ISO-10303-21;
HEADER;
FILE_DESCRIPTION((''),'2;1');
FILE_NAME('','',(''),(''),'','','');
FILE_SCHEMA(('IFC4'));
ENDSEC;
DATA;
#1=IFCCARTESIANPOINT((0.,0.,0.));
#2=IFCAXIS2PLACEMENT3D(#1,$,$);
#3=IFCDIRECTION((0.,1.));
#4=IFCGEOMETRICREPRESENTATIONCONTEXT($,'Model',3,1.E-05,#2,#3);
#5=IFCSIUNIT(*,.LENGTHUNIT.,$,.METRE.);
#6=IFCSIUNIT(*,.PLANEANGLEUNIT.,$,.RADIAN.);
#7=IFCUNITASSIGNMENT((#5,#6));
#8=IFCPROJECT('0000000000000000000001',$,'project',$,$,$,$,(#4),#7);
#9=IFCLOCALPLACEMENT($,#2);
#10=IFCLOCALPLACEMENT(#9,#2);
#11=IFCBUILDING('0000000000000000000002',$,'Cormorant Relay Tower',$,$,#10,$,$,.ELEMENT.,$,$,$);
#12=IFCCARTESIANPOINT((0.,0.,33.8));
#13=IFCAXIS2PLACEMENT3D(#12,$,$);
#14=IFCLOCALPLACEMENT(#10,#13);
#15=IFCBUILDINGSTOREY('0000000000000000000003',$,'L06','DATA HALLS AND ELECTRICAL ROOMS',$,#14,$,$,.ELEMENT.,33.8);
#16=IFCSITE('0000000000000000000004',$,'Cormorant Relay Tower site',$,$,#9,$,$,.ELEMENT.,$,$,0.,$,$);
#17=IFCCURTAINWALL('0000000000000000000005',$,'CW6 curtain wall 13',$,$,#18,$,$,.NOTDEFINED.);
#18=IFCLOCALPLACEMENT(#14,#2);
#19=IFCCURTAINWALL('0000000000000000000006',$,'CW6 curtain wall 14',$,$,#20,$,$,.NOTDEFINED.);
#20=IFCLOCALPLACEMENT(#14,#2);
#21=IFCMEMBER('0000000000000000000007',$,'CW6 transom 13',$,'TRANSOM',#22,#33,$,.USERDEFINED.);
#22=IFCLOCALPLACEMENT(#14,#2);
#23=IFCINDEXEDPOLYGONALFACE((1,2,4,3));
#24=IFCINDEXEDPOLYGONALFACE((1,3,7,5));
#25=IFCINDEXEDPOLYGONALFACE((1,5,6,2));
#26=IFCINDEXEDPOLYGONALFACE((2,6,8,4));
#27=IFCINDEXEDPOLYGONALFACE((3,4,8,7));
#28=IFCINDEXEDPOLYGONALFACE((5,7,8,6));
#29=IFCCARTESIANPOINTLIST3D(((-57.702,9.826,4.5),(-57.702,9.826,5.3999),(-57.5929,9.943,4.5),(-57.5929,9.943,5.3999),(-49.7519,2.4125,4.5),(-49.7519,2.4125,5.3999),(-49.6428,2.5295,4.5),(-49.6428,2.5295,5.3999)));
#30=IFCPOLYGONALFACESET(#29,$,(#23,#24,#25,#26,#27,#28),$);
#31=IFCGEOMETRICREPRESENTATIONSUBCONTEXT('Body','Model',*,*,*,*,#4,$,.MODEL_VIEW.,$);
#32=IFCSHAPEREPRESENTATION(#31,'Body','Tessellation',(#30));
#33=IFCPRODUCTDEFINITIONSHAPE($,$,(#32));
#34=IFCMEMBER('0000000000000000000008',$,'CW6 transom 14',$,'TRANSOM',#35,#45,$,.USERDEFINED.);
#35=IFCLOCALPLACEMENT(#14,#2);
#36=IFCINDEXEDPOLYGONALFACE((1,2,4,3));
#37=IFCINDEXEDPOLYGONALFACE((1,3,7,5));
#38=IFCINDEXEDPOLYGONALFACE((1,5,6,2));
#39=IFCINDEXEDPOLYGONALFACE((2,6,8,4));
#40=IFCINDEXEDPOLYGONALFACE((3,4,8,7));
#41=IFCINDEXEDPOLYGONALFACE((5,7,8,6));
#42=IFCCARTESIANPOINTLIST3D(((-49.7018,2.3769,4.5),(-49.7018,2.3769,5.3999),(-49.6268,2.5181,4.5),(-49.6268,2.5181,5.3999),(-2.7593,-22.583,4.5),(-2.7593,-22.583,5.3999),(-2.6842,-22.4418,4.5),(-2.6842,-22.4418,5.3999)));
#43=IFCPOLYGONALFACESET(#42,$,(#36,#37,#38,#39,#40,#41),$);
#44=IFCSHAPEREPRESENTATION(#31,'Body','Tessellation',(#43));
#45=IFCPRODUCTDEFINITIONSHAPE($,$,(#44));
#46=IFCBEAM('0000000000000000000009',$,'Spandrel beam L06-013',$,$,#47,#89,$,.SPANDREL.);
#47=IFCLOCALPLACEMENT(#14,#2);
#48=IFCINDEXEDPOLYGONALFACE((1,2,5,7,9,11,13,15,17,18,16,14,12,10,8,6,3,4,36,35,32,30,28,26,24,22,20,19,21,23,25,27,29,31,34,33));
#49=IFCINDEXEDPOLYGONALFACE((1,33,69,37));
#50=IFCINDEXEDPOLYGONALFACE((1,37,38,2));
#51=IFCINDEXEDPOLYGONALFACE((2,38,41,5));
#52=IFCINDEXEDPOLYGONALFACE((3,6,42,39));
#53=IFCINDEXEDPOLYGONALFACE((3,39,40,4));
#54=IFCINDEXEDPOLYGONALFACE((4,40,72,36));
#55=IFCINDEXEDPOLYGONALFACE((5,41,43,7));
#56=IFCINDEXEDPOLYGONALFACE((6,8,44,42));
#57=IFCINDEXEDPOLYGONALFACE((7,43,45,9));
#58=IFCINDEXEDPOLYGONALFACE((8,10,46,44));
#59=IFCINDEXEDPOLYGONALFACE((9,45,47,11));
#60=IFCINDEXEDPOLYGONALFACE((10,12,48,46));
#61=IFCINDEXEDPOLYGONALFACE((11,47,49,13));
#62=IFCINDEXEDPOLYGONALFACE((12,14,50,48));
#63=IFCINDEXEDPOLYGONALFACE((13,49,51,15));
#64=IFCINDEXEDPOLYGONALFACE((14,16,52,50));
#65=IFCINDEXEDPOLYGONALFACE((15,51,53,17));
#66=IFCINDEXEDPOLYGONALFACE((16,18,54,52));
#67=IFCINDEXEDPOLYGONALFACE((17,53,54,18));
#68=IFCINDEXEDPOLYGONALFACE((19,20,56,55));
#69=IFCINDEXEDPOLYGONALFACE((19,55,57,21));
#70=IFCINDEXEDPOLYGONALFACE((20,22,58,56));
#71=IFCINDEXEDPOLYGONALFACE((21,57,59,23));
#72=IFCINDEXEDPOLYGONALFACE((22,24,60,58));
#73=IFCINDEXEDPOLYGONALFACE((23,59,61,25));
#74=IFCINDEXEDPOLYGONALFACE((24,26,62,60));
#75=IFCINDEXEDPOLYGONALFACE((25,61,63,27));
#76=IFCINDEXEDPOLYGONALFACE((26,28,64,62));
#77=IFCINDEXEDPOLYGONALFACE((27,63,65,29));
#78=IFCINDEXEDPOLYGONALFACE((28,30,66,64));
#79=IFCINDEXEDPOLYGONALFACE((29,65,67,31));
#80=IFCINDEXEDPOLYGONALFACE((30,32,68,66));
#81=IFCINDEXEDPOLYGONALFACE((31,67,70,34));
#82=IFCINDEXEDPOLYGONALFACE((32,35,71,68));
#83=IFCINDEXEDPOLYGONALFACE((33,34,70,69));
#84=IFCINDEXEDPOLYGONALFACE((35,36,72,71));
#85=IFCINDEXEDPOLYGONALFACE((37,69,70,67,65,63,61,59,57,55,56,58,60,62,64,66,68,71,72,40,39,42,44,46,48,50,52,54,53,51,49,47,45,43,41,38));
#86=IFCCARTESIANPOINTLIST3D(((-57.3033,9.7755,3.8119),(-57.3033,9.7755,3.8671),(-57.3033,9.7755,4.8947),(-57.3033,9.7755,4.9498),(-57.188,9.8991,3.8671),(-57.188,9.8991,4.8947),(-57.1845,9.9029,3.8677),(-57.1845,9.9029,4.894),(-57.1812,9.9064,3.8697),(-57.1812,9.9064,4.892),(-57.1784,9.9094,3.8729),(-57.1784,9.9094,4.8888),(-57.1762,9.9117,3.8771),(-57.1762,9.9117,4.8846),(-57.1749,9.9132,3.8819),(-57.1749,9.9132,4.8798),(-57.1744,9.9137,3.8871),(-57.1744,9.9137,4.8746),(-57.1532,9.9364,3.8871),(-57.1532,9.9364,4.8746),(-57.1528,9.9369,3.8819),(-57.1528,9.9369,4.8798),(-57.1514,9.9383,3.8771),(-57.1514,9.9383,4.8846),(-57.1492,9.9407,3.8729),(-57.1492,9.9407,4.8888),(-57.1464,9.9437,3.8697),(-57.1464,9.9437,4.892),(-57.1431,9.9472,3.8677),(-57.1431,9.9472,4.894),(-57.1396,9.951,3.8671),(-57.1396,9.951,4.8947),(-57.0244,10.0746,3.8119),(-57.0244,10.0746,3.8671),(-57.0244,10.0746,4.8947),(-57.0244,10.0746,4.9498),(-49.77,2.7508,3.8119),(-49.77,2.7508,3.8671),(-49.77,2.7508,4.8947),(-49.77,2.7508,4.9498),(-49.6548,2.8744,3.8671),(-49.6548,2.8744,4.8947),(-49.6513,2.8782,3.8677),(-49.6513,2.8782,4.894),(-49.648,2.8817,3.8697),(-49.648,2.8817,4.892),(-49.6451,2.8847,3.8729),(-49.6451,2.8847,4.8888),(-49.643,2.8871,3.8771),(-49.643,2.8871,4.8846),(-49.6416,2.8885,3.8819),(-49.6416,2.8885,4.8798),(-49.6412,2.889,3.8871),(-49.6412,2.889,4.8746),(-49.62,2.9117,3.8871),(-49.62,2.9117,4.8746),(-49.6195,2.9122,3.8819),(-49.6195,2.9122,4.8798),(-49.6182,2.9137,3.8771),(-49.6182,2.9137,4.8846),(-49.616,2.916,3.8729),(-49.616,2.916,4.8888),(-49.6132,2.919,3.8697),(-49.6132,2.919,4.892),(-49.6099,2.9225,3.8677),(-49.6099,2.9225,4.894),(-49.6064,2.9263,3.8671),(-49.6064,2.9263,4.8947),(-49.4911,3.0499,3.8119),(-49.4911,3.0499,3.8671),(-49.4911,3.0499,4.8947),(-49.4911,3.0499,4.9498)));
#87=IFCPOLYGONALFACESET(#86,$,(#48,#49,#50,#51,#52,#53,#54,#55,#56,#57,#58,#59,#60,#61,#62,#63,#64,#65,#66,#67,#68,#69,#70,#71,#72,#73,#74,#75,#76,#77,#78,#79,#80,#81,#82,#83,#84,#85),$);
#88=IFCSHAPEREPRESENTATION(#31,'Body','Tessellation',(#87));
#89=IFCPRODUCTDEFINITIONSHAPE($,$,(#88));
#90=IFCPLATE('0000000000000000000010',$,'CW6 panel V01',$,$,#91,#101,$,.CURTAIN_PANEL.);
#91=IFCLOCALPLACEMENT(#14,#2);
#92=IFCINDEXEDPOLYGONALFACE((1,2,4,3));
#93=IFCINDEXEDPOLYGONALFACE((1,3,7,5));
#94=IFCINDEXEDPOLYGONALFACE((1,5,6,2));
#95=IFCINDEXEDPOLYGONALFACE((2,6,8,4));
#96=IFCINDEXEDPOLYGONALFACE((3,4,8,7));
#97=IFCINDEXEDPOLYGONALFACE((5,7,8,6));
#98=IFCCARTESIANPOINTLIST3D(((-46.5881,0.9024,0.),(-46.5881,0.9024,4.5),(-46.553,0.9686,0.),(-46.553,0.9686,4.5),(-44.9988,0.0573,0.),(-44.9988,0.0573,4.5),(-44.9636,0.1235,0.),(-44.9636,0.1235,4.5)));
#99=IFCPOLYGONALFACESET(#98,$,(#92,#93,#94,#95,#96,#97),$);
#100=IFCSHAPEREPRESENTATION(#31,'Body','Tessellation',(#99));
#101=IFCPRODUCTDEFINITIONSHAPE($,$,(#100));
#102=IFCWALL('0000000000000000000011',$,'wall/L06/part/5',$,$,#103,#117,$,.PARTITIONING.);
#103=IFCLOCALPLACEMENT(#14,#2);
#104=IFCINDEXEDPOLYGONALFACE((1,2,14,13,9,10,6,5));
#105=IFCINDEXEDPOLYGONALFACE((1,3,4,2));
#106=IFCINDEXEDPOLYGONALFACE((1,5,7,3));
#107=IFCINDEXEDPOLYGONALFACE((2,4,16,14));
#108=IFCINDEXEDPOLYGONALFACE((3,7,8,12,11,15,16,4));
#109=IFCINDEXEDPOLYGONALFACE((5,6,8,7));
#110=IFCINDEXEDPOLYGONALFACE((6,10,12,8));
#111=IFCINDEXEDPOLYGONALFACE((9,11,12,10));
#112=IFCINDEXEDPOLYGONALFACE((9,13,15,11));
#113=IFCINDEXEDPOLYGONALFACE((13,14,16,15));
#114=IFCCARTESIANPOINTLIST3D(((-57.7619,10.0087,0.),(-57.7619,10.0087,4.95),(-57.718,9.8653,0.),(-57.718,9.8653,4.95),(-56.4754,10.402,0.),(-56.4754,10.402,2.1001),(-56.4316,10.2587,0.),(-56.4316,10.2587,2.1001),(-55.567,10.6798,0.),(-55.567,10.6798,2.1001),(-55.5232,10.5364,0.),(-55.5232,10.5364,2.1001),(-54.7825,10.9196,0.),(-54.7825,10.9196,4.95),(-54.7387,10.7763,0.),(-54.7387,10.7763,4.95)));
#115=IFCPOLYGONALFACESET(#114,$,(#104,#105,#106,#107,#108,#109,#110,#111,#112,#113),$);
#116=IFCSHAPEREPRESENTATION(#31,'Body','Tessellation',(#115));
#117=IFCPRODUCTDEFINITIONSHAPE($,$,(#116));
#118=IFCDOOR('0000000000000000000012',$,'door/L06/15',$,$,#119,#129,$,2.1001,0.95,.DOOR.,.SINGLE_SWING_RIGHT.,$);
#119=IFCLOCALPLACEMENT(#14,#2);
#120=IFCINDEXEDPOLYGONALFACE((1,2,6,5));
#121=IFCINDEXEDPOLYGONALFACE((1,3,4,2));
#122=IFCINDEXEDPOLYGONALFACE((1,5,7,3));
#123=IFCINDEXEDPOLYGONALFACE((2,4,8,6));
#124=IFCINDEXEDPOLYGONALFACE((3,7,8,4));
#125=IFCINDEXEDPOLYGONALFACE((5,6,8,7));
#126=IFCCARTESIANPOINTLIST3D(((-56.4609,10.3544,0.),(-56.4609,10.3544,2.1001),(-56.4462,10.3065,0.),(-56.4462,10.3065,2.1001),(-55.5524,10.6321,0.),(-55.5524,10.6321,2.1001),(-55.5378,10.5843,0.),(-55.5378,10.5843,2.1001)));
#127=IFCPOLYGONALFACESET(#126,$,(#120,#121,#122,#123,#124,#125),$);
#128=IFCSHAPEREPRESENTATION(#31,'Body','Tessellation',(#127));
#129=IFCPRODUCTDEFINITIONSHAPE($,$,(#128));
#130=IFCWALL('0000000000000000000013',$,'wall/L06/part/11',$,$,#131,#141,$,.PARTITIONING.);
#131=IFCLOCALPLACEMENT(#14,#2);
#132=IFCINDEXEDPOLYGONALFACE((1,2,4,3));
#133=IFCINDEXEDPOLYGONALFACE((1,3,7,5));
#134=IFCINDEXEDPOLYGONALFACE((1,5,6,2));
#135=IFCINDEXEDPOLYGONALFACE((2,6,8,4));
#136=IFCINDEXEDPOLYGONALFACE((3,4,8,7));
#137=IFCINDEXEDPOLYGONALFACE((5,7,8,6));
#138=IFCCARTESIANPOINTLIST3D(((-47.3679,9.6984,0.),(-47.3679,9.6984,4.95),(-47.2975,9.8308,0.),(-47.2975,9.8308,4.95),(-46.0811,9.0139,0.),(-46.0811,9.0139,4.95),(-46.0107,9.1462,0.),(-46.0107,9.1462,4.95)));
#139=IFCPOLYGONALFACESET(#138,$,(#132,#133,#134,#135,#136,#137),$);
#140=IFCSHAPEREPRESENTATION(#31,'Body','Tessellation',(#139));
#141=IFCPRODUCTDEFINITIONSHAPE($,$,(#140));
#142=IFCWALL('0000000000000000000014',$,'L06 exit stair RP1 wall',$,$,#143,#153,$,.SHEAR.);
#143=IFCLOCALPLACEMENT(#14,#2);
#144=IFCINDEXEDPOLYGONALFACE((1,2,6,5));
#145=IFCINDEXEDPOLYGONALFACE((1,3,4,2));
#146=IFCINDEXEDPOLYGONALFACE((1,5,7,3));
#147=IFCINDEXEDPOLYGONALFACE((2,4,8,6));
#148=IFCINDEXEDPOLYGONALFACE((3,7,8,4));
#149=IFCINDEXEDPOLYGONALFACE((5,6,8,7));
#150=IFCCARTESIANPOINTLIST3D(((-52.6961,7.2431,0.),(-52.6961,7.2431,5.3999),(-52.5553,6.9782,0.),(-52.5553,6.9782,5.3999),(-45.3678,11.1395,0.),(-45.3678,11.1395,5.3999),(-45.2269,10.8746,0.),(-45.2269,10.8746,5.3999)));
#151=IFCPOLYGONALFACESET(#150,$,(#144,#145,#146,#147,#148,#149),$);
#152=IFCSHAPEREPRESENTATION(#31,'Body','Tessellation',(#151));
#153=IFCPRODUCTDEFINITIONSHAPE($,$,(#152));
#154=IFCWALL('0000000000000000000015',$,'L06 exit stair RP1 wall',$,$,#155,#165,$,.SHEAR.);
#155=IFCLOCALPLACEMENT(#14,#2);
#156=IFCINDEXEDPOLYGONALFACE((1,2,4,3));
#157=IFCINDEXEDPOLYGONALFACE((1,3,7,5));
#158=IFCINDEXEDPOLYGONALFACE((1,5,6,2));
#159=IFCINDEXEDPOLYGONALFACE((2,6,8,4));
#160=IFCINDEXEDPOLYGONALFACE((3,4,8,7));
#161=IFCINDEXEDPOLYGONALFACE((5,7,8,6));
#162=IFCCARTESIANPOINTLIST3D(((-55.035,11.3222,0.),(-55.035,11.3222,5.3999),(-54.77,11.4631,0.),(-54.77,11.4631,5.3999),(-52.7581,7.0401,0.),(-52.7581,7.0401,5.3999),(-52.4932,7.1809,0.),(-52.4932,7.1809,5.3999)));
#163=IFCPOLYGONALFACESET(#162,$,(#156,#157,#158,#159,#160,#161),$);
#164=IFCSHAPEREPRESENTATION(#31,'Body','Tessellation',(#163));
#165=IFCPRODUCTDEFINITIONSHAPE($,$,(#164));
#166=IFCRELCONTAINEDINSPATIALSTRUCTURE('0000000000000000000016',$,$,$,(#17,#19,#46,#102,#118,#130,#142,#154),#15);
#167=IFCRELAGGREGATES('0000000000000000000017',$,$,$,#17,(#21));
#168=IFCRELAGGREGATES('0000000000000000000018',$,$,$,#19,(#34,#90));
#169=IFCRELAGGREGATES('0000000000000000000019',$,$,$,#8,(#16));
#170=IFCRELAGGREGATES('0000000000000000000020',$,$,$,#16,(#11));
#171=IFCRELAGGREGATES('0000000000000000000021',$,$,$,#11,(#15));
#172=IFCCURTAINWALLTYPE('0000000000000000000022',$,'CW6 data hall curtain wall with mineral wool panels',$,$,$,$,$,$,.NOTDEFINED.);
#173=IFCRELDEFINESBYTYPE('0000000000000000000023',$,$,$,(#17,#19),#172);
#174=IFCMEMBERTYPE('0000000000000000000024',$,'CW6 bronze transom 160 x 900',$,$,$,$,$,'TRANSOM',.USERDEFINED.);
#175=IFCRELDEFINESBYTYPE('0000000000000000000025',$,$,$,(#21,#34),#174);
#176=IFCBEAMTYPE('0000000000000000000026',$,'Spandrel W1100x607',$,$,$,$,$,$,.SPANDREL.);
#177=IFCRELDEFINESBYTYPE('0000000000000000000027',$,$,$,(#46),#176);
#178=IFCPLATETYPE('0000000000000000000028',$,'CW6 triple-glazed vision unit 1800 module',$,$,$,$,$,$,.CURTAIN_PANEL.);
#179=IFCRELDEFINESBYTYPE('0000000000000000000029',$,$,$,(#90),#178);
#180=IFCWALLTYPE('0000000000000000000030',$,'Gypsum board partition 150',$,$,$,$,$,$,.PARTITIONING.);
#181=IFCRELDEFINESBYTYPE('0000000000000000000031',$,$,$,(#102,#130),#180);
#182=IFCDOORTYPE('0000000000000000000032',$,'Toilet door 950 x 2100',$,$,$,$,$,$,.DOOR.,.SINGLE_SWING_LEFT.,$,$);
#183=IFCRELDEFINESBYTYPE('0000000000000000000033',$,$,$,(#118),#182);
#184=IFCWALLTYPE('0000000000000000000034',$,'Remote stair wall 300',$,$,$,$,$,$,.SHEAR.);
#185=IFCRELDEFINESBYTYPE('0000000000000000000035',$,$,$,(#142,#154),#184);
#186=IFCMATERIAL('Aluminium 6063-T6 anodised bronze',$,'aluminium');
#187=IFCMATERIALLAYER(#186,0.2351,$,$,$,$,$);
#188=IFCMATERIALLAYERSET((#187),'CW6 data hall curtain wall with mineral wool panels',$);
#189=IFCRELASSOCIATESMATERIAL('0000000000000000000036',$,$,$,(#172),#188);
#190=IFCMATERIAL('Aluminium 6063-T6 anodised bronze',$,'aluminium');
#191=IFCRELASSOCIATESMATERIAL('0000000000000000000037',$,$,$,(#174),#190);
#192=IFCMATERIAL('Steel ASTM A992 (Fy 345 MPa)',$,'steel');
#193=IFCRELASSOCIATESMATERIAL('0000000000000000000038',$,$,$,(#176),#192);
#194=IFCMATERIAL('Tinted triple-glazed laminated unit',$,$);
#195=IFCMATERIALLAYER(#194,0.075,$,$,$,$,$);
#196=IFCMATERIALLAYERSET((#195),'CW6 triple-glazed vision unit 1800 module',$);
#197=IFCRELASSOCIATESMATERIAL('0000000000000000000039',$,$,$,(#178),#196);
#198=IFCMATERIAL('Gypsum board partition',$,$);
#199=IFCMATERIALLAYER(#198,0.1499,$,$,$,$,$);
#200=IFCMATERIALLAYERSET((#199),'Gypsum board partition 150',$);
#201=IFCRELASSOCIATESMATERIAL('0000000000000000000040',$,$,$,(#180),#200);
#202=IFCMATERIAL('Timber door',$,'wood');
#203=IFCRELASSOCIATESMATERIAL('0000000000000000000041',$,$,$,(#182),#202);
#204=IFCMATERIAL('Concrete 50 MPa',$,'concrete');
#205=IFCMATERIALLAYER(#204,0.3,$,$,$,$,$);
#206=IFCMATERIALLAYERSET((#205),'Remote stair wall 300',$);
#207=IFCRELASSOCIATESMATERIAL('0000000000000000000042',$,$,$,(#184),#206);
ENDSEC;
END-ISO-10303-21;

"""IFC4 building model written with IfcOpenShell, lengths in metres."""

from ifc_helpers import new_model, si_unit, direction, frame, frame_2d, origin, origin_2d, place, context, subcontext, project, spatial, rectangle, i_section, extrude, material, layer, layer_set, material_profile, profile_set, type_object, element, fill, aggregate, save


model = new_model("IFC4")

# Units and contexts
model_context = context("Model", 3, precision=1e-05, world=origin(), true_north=direction((0.0, 1.0)))
body_context = subcontext(model_context, "Body", "Model", "MODEL_VIEW")
ifc_project = project(units=[si_unit("LENGTHUNIT", "METRE"), si_unit("PLANEANGLEUNIT", "RADIAN")], contexts=[model_context])

# Site, building, storey
site_placement = place(None, origin())
site = spatial("IfcSite", under=ifc_project, at=site_placement, Name="Cormorant Relay Tower site", CompositionType="ELEMENT", RefElevation=0.0)
building_placement = place(site_placement, origin())
building = spatial("IfcBuilding", under=site, at=building_placement, Name="Cormorant Relay Tower", CompositionType="ELEMENT")
storey_placement = place(building_placement, frame((0.0, 0.0, 33.8)))
storey = spatial("IfcBuildingStorey", under=building, at=storey_placement, Name="L06", Description="DATA HALLS AND ELECTRICAL ROOMS", CompositionType="ELEMENT", Elevation=33.8)

# Curtain walls
ifc_material_1 = material(Name="Aluminium 6063-T6 anodised bronze", Category="aluminium")
ifc_layer_1 = layer(ifc_material_1, 0.2351)
ifc_layer_set_1 = layer_set([ifc_layer_1], Name="CW6 data hall curtain wall with mineral wool panels")
curtain_wall_type = type_object("IfcCurtainWallType", Name="CW6 data hall curtain wall with mineral wool panels", PredefinedType="NOTDEFINED", material=ifc_layer_set_1)
curtain_wall_1_placement = place(storey_placement, origin())
curtain_wall_1 = element("IfcCurtainWall", 1, at=curtain_wall_1_placement, inside=storey, type_object=curtain_wall_type, Name="CW6 curtain wall 13", PredefinedType="NOTDEFINED")
curtain_wall_2_placement = place(storey_placement, origin())
curtain_wall_2 = element("IfcCurtainWall", 2, at=curtain_wall_2_placement, inside=storey, type_object=curtain_wall_type, Name="CW6 curtain wall 14", PredefinedType="NOTDEFINED")

# Members
ifc_material_2 = material(Name="Aluminium 6063-T6 anodised bronze", Category="aluminium")
ifc_material_profile_1 = material_profile(ifc_material_2, rectangle(XDim=0.1599, YDim=0.8999, at=origin_2d()), Name="AL 160x900")
ifc_profile_set_1 = profile_set([ifc_material_profile_1], Name="Aluminium 6063-T6 anodised bronze")
member_type_1 = type_object("IfcMemberType", Name="CW6 bronze transom 160 x 900", ElementType="TRANSOM", PredefinedType="USERDEFINED", material=ifc_profile_set_1)
member_1_placement = place(storey_placement, frame((-57.6475, 9.8845, 4.95), z_axis=(0.731358, -0.681993, 0.0), x_axis=(0.681993, 0.731358, 0.0)))
member_1 = element("IfcMember", 3, at=member_1_placement, type_object=member_type_1, Name="CW6 transom 13", ObjectType="TRANSOM", PredefinedType="USERDEFINED", context=body_context, shape_type="SweptSolid", body=[
    extrude(rectangle(XDim=0.1599, YDim=0.8999, at=origin_2d()), origin(), (0.0, 0.0, 1.0), 10.8704),
])
member_2_placement = place(storey_placement, frame((-49.6643, 2.4475, 4.95), z_axis=(0.882947, -0.469473, 0.0), x_axis=(0.469473, 0.882947, 0.0)))
member_2 = element("IfcMember", 4, at=member_2_placement, type_object=member_type_1, Name="CW6 transom 14", ObjectType="TRANSOM", PredefinedType="USERDEFINED", context=body_context, shape_type="SweptSolid", body=[
    extrude(rectangle(XDim=0.1599, YDim=0.8999, at=origin_2d()), origin(), (0.0, 0.0, 1.0), 53.1658),
])

# Beam
ifc_material_3 = material(Name="Steel ASTM A992 (Fy 345 MPa)", Category="steel")
ifc_material_profile_2 = material_profile(ifc_material_3, i_section(OverallWidth=0.4089, OverallDepth=1.1379, WebThickness=0.031, FlangeThickness=0.0552, FilletRadius=0.02, at=origin_2d()), Name="W1100x607")
ifc_profile_set_2 = profile_set([ifc_material_profile_2], Name="Steel ASTM A992 (Fy 345 MPa)")
beam_type = type_object("IfcBeamType", Name="Spandrel W1100x607", PredefinedType="SPANDREL", material=ifc_profile_set_2)
beam_placement = place(storey_placement, frame((-57.1638, 9.925, 4.3809), z_axis=(0.731362, -0.68199, 0.0), x_axis=(0.68199, 0.731362, 0.0)))
element("IfcBeam", 5, at=beam_placement, inside=storey, type_object=beam_type, Name="Spandrel beam L06-013", PredefinedType="SPANDREL", context=body_context, shape_type="SweptSolid", body=[
    extrude(i_section(OverallWidth=0.4089, OverallDepth=1.1379, WebThickness=0.031, FlangeThickness=0.0552, FilletRadius=0.02, at=origin_2d()), origin(), (0.0, 0.0, 1.0), 10.3003),
])

# Plate
ifc_material_4 = material(Name="Tinted triple-glazed laminated unit")
ifc_layer_2 = layer(ifc_material_4, 0.075)
ifc_layer_set_2 = layer_set([ifc_layer_2], Name="CW6 triple-glazed vision unit 1800 module")
plate_type = type_object("IfcPlateType", Name="CW6 triple-glazed vision unit 1800 module", PredefinedType="CURTAIN_PANEL", material=ifc_layer_set_2)
plate_placement = place(storey_placement, frame((-45.7759, 0.5129, 0.0), z_axis=(0.0, 0.0, 1.0), x_axis=(0.882948, -0.469472, 0.0)))
plate = element("IfcPlate", 6, at=plate_placement, type_object=plate_type, Name="CW6 panel V01", PredefinedType="CURTAIN_PANEL", context=body_context, shape_type="SweptSolid", body=[
    extrude(rectangle(XDim=1.8, YDim=0.075, at=origin_2d()), origin(), (0.0, 0.0, 1.0), 4.5),
])

# Wall, opening, door
ifc_material_5 = material(Name="Gypsum board partition")
ifc_layer_3 = layer(ifc_material_5, 0.1499)
ifc_layer_set_3 = layer_set([ifc_layer_3], Name="Gypsum board partition 150")
wall_type_1 = type_object("IfcWallType", Name="Gypsum board partition 150", PredefinedType="PARTITIONING", material=ifc_layer_set_3)
wall_1_placement = place(storey_placement, frame((-54.7607, 10.8479, 0.0), z_axis=(0.0, 0.0, 1.0), x_axis=(-0.956301, -0.292384, 0.0)))
wall_1 = element("IfcWall", 7, at=wall_1_placement, inside=storey, type_object=wall_type_1, Name="wall/L06/part/5", PredefinedType="PARTITIONING", context=body_context, shape_type="SweptSolid", body=[
    extrude(rectangle(XDim=3.1155, YDim=0.1499, at=frame_2d((1.5576, 0.0))), origin(), (0.0, 0.0, 1.0), 4.95),
])
opening_1_placement = place(wall_1_placement, frame((0.8201, 0.0, 0.0)))
opening_1 = element("IfcOpeningElement", 8, at=opening_1_placement, cuts=wall_1, PredefinedType="OPENING", context=body_context, shape_type="SweptSolid", body=[
    extrude(rectangle(XDim=0.95, YDim=2.1001, at=frame_2d((0.4751, 1.05))), frame((0.0, 0.085, 0.0), z_axis=(0.0, -1.0, 0.0), x_axis=(1.0, 0.0, 0.0)), (0.0, 0.0, 1.0), 0.1699),
])
ifc_material_6 = material(Name="Timber door", Category="wood")
door_type_1 = type_object("IfcDoorType", Name="Toilet door 950 x 2100", OperationType="SINGLE_SWING_LEFT", PredefinedType="DOOR", material=ifc_material_6)
door_1_placement = place(opening_1_placement, origin())
door_1 = element("IfcDoor", 9, at=door_1_placement, inside=storey, type_object=door_type_1, Name="door/L06/15", OperationType="SINGLE_SWING_RIGHT", OverallHeight=2.1001, OverallWidth=0.95, PredefinedType="DOOR", context=body_context, shape_type="SweptSolid", body=[
    extrude(rectangle(XDim=0.95, YDim=2.1001, at=frame_2d((0.4751, 1.05))), frame((0.0, 0.0249, 0.0), z_axis=(0.0, -1.0, 0.0), x_axis=(1.0, 0.0, 0.0)), (0.0, 0.0, 1.0), 0.05),
])
fill(opening_1, door_1)

# Walls
wall_2_placement = place(storey_placement, frame((-46.0459, 9.0801, 0.0), z_axis=(0.0, 0.0, 1.0), x_axis=(-0.882853, 0.469649, 0.0)))
element("IfcWall", 10, at=wall_2_placement, inside=storey, type_object=wall_type_1, Name="wall/L06/part/11", PredefinedType="PARTITIONING", context=body_context, shape_type="SweptSolid", body=[
    extrude(rectangle(XDim=1.4575, YDim=0.1499, at=frame_2d((0.7288, 0.0))), origin(), (0.0, 0.0, 1.0), 4.95),
])
ifc_material_7 = material(Name="Concrete 50 MPa", Category="concrete")
ifc_layer_4 = layer(ifc_material_7, 0.3)
ifc_layer_set_4 = layer_set([ifc_layer_4], Name="Remote stair wall 300")
wall_type_2 = type_object("IfcWallType", Name="Remote stair wall 300", PredefinedType="SHEAR", material=ifc_layer_set_4)
wall_3_placement = place(storey_placement, frame((-45.2974, 11.0071, 0.0), z_axis=(0.0, 0.0, 1.0), x_axis=(-0.882952, -0.469464, 0.0)))
element("IfcWall", 11, at=wall_3_placement, inside=storey, type_object=wall_type_2, Name="L06 exit stair RP1 wall", PredefinedType="SHEAR", context=body_context, shape_type="SweptSolid", body=[
    extrude(rectangle(XDim=8.2998, YDim=0.3, at=frame_2d((4.1499, 0.0))), origin(), (0.0, 0.0, 1.0), 5.3999),
])
wall_4_placement = place(storey_placement, frame((-52.6257, 7.1106, 0.0), z_axis=(0.0, 0.0, 1.0), x_axis=(-0.469464, 0.882951, 0.0)))
element("IfcWall", 12, at=wall_4_placement, inside=storey, type_object=wall_type_2, Name="L06 exit stair RP1 wall", PredefinedType="SHEAR", context=body_context, shape_type="SweptSolid", body=[
    extrude(rectangle(XDim=4.8499, YDim=0.3, at=frame_2d((2.4248, 0.0))), origin(), (0.0, 0.0, 1.0), 5.3999),
])

aggregate(curtain_wall_1, [member_1])
aggregate(curtain_wall_2, [member_2, plate])

save(model, "model.ifc")
